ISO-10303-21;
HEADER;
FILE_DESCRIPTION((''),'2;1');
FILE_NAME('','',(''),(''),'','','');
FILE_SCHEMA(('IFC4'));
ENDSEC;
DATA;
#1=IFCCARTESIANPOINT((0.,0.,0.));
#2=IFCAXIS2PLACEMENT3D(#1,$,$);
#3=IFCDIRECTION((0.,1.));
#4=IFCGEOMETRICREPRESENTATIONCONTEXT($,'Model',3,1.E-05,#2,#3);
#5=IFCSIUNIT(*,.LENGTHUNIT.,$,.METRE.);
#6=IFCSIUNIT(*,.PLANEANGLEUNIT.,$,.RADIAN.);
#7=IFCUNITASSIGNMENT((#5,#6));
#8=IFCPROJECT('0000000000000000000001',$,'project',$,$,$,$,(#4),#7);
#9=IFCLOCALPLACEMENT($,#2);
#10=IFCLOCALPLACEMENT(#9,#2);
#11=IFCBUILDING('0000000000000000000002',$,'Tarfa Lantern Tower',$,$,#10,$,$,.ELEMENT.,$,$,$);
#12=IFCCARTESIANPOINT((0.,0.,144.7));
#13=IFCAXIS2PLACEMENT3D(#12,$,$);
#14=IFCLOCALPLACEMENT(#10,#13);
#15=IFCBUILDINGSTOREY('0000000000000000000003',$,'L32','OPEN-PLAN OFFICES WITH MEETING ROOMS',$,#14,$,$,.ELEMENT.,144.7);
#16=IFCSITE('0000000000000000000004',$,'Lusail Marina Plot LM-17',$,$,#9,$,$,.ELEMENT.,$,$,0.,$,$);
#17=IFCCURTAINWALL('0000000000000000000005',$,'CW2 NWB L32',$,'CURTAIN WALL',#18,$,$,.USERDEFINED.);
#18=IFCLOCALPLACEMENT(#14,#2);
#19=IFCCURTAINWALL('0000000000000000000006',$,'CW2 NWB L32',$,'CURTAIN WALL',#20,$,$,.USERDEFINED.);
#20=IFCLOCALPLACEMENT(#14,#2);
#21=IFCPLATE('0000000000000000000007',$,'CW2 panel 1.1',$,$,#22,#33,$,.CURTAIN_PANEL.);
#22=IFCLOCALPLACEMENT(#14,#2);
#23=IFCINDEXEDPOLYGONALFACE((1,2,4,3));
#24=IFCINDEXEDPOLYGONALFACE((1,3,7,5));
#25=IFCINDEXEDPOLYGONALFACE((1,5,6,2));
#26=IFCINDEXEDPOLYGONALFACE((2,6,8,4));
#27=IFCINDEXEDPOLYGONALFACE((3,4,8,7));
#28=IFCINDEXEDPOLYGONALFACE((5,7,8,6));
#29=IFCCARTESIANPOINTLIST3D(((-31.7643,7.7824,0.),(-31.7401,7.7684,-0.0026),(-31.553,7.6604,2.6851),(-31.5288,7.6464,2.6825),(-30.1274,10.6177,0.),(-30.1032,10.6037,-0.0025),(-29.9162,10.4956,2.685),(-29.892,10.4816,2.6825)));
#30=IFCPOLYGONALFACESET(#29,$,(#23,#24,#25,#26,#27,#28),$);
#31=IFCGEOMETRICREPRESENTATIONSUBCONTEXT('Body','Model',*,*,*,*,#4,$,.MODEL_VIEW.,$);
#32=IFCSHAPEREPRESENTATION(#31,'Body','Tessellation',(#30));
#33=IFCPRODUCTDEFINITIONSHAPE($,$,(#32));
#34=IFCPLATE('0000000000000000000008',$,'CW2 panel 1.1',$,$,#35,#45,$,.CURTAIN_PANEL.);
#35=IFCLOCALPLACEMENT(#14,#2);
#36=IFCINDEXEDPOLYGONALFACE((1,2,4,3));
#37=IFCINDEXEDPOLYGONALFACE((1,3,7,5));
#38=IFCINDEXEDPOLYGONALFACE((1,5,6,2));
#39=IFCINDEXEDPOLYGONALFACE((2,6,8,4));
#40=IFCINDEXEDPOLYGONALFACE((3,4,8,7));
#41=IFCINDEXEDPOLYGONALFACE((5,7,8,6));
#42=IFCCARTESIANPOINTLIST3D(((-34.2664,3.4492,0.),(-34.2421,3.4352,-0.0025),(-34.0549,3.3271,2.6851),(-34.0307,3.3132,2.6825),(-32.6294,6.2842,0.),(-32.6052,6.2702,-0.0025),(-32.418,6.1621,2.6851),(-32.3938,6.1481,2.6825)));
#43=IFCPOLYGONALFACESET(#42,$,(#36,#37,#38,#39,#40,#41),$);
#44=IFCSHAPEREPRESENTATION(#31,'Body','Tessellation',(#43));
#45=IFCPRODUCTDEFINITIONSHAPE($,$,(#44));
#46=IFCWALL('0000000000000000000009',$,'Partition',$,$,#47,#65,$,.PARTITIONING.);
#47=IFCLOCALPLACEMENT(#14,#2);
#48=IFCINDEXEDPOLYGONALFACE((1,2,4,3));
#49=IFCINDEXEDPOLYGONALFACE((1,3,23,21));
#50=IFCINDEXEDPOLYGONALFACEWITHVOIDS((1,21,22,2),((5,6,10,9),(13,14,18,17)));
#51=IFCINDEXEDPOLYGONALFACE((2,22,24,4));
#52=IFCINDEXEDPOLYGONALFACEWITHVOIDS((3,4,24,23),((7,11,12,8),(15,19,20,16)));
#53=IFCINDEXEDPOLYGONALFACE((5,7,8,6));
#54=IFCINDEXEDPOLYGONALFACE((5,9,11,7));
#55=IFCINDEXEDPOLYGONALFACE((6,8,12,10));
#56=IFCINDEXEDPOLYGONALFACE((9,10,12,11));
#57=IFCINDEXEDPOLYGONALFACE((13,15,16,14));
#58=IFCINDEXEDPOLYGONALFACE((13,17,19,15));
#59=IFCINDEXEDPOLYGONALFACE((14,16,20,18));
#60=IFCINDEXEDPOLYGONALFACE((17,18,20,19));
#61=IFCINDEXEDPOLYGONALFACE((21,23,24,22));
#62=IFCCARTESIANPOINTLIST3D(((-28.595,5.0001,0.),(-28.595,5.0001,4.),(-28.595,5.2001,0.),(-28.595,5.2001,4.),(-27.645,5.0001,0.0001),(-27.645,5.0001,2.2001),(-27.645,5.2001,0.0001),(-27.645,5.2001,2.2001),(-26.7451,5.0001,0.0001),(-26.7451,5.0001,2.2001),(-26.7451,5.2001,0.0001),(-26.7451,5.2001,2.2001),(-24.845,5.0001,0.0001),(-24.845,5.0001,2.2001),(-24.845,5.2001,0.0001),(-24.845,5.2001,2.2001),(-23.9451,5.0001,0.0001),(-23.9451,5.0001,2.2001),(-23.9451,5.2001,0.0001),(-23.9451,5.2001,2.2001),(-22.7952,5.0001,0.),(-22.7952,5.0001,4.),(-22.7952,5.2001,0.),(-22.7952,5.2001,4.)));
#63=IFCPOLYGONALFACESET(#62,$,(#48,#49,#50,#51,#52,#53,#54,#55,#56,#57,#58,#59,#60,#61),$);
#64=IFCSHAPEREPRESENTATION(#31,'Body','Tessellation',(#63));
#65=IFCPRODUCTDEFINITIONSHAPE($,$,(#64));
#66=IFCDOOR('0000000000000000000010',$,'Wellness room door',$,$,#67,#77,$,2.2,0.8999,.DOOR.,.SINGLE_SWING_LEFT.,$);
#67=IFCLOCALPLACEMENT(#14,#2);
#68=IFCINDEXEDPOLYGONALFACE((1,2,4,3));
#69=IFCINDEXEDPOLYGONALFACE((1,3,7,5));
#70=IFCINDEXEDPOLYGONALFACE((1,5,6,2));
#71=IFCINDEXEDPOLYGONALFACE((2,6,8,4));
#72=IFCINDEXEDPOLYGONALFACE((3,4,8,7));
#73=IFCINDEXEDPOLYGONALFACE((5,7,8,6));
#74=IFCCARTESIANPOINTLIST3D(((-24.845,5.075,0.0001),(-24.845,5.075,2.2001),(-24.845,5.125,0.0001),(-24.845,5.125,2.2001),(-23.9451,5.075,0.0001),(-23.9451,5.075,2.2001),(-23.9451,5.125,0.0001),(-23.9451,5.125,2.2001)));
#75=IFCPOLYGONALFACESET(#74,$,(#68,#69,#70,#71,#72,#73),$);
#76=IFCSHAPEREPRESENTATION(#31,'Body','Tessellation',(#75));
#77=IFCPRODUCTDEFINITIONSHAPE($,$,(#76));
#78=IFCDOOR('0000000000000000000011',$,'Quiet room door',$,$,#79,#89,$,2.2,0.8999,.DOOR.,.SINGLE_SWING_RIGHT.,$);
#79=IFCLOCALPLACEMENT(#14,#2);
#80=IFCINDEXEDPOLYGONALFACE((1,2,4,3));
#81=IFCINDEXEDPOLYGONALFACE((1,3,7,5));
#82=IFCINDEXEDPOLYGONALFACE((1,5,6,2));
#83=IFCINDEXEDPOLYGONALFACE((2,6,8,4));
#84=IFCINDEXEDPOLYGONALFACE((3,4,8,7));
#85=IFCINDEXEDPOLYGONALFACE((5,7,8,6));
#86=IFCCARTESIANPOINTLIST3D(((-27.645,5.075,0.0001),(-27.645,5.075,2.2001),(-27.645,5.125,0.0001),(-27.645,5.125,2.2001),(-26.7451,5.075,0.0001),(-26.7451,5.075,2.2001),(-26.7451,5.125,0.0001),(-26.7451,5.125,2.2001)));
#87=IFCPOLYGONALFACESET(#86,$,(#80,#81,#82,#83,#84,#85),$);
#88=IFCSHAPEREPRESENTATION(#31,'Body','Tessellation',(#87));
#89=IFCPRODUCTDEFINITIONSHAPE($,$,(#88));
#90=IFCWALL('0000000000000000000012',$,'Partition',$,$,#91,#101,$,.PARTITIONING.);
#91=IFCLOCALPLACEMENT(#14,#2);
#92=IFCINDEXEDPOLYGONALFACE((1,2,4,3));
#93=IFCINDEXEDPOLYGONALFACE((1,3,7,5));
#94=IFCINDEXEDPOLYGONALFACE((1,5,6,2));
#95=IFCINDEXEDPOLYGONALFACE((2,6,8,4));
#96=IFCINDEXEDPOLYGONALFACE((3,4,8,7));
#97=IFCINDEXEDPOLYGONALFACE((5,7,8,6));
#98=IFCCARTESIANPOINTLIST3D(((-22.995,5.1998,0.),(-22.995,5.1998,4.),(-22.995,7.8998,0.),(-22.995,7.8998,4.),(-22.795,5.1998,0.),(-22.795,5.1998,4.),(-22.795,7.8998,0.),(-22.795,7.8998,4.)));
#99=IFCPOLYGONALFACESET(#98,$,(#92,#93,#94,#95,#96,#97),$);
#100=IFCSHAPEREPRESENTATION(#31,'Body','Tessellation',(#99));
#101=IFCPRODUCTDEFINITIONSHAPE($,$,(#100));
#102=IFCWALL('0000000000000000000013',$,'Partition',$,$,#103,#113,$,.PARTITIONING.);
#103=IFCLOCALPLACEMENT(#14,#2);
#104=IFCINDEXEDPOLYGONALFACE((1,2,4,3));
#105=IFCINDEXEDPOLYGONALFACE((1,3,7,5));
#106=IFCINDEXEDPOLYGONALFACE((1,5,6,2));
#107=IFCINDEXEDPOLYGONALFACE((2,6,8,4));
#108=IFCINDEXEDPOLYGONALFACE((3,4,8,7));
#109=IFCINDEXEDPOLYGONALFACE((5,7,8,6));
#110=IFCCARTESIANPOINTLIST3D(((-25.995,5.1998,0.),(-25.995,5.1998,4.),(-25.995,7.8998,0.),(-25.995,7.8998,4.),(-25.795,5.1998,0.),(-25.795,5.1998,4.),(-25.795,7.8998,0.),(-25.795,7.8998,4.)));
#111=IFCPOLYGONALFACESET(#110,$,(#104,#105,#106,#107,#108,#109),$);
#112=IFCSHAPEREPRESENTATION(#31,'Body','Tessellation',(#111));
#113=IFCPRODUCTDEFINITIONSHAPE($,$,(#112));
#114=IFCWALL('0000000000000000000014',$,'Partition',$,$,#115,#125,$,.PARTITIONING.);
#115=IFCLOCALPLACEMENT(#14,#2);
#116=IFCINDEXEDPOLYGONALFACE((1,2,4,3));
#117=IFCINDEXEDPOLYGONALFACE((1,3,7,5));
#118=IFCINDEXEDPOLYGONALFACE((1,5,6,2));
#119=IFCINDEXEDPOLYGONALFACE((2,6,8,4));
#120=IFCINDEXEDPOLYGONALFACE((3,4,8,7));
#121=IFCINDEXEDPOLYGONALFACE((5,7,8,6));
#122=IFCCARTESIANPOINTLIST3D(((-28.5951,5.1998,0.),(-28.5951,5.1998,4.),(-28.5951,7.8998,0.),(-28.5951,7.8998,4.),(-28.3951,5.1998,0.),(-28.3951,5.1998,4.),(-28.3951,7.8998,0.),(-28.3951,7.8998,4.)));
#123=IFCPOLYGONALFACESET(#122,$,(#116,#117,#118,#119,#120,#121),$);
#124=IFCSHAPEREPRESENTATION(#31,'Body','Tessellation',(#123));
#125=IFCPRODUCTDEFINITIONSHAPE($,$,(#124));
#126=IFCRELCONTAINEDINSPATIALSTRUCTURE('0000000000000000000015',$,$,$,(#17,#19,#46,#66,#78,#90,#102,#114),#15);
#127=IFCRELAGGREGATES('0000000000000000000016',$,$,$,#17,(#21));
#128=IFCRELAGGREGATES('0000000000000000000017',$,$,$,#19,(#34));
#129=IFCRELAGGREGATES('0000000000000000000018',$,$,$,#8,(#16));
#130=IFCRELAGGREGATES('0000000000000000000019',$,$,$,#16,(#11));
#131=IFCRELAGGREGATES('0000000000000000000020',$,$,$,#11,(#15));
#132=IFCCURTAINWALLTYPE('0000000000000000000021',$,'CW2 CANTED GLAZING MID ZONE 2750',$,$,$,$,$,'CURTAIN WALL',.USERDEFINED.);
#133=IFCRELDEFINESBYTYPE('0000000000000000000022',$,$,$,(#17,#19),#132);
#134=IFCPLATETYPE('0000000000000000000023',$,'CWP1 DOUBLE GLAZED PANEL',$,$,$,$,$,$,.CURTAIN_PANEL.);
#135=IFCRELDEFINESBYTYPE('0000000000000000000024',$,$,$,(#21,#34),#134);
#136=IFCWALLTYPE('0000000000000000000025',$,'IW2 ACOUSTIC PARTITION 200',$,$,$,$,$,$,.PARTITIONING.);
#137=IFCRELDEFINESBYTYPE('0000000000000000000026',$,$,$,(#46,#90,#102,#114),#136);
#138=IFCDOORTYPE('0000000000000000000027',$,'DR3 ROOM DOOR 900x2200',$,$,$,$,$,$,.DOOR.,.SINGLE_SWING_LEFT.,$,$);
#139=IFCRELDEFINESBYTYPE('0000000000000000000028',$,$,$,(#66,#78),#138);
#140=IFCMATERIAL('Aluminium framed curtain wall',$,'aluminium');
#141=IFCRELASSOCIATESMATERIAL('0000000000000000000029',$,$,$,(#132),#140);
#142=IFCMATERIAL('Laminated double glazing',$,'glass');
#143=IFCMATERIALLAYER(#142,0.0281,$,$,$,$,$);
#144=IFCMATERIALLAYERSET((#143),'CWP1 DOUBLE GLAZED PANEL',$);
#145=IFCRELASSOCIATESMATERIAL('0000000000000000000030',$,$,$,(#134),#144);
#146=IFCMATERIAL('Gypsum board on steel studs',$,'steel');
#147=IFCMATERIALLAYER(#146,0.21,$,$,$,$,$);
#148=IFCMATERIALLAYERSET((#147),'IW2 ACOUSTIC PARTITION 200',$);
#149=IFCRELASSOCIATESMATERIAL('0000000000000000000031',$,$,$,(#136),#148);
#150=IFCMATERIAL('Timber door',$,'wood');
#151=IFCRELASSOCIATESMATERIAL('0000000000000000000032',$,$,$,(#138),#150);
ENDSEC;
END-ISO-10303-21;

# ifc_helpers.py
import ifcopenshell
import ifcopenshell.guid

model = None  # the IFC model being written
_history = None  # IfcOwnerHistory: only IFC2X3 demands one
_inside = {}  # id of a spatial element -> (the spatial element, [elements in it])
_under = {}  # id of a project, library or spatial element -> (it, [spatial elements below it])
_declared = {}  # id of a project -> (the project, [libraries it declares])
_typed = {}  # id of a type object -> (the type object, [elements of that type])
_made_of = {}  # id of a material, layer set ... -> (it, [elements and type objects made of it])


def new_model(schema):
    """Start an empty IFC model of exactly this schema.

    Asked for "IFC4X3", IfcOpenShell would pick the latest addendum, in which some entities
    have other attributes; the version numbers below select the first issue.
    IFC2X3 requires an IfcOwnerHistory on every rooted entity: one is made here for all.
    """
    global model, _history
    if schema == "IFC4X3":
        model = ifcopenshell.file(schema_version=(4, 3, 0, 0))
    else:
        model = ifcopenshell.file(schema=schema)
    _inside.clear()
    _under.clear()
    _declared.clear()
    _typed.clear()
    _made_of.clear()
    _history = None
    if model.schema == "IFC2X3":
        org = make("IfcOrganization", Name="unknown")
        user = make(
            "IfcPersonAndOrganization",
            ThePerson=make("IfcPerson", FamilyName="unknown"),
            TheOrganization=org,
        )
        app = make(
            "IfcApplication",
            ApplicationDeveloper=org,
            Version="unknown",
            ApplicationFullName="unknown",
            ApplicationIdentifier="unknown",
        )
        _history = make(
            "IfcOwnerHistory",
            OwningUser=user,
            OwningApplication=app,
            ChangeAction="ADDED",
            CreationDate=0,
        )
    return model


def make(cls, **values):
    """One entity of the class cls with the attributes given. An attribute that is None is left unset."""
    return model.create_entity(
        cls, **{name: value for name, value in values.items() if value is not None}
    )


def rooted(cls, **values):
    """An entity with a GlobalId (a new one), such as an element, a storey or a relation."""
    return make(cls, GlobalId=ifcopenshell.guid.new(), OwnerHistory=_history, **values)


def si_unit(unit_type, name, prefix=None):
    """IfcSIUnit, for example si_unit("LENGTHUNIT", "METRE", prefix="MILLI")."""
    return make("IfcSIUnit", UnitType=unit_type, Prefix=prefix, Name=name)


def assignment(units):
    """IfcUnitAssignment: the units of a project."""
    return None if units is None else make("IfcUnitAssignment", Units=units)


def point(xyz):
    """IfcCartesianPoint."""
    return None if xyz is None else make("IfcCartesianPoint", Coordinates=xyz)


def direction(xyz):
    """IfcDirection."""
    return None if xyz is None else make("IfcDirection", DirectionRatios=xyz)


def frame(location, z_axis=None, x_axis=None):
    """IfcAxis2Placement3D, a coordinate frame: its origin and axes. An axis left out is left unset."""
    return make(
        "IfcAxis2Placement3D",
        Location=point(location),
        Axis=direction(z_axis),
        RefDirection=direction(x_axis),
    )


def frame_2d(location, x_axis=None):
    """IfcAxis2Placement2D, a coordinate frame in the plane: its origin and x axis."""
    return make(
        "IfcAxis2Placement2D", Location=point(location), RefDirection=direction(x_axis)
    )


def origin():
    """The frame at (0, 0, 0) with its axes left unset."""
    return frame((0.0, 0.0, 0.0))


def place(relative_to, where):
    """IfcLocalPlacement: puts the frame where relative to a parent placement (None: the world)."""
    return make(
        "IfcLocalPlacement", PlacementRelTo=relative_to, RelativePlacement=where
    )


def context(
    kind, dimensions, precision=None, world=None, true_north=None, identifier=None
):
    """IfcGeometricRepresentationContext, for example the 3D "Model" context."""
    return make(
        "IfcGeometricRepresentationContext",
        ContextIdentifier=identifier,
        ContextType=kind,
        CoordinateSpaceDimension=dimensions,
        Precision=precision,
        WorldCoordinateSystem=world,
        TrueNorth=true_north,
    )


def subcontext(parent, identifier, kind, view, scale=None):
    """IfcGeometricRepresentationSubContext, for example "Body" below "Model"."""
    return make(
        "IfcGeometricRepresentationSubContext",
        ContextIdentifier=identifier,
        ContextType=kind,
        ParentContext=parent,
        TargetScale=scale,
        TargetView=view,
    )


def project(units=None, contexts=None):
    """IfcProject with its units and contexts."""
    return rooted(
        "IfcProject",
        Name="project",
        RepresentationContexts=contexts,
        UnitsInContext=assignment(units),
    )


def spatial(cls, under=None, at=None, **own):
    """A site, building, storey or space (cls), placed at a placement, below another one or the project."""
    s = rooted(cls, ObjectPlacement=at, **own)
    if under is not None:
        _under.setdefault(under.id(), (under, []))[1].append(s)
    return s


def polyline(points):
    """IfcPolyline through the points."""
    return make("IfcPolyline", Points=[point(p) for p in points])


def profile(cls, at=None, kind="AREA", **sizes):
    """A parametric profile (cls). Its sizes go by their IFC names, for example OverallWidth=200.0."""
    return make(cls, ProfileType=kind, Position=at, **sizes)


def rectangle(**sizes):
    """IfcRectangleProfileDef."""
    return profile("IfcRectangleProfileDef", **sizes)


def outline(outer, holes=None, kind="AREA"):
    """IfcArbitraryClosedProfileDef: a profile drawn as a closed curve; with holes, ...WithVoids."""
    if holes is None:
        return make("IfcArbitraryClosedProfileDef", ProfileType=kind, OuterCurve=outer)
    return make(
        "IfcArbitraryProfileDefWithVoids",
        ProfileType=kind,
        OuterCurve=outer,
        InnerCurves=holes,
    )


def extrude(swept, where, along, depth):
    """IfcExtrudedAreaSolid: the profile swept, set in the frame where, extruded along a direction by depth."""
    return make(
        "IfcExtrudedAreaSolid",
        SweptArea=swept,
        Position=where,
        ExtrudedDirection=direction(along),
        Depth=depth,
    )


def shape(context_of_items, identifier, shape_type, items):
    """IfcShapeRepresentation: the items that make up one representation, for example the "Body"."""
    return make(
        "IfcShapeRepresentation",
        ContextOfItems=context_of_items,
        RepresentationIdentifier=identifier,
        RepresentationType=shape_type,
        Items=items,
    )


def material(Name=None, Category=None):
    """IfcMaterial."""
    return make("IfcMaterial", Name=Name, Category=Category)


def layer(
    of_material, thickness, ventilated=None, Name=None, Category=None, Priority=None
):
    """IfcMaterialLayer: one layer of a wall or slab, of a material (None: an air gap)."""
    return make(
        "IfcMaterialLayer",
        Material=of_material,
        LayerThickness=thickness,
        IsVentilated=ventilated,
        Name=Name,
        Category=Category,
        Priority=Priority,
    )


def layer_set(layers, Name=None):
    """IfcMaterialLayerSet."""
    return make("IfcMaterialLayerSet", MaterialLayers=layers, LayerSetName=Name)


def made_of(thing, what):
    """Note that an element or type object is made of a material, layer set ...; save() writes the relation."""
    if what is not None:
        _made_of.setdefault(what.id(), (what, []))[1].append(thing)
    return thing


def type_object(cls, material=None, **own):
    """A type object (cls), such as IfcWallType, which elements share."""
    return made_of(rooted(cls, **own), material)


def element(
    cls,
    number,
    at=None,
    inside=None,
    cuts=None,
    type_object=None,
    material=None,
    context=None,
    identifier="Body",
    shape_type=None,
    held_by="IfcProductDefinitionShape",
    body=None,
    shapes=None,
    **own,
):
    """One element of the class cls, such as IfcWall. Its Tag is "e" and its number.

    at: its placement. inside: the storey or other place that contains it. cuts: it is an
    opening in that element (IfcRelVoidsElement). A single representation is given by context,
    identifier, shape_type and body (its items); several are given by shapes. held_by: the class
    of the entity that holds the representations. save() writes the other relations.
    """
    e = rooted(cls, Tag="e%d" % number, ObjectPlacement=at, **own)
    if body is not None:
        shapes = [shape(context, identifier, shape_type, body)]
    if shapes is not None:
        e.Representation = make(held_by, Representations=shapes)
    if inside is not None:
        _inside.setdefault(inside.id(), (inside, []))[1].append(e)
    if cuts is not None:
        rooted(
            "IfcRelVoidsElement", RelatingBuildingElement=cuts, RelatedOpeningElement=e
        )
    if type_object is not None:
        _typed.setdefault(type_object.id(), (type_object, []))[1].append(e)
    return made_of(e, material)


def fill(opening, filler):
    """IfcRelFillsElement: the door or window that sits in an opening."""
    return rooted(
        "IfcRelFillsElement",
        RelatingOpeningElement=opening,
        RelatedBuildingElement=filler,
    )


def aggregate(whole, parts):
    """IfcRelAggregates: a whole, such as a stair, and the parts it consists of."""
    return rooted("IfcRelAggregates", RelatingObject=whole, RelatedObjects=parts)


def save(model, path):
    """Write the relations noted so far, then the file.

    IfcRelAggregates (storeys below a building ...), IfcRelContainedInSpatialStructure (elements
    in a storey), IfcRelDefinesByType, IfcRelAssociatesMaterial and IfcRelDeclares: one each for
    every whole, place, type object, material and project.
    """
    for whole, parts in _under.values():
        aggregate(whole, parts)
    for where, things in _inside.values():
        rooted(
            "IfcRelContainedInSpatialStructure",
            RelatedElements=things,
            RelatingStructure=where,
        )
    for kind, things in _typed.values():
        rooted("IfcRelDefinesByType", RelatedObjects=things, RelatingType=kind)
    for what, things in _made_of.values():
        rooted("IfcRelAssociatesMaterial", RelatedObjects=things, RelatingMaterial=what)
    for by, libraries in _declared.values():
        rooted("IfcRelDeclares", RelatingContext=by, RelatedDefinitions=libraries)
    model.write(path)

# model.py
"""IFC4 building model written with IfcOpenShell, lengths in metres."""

from ifc_helpers import new_model, si_unit, direction, frame, frame_2d, origin, place, context, subcontext, project, spatial, polyline, rectangle, outline, extrude, material, layer, layer_set, type_object, element, fill, aggregate, save


model = new_model("IFC4")

# Units and contexts
model_context = context("Model", 3, precision=1e-05, world=origin(), true_north=direction((0.0, 1.0)))
body_context = subcontext(model_context, "Body", "Model", "MODEL_VIEW")
ifc_project = project(units=[si_unit("LENGTHUNIT", "METRE"), si_unit("PLANEANGLEUNIT", "RADIAN")], contexts=[model_context])

# Site, building, storey
site_placement = place(None, origin())
site = spatial("IfcSite", under=ifc_project, at=site_placement, Name="Lusail Marina Plot LM-17", CompositionType="ELEMENT", RefElevation=0.0)
building_placement = place(site_placement, origin())
building = spatial("IfcBuilding", under=site, at=building_placement, Name="Tarfa Lantern Tower", CompositionType="ELEMENT")
storey_placement = place(building_placement, frame((0.0, 0.0, 144.7)))
storey = spatial("IfcBuildingStorey", under=building, at=storey_placement, Name="L32", Description="OPEN-PLAN OFFICES WITH MEETING ROOMS", CompositionType="ELEMENT", Elevation=144.7)

# Curtain walls
ifc_material_1 = material(Name="Aluminium framed curtain wall", Category="aluminium")
curtain_wall_type_1 = type_object("IfcCurtainWallType", Name="CW2 CANTED GLAZING MID ZONE 2750", ElementType="CURTAIN WALL", PredefinedType="USERDEFINED", material=ifc_material_1)
curtain_wall_1_placement = place(storey_placement, origin())
curtain_wall_1 = element("IfcCurtainWall", 1, at=curtain_wall_1_placement, inside=storey, type_object=curtain_wall_type_1, Name="CW2 NWB L32", ObjectType="CURTAIN WALL", PredefinedType="USERDEFINED")
curtain_wall_2_placement = place(storey_placement, origin())
curtain_wall_2 = element("IfcCurtainWall", 2, at=curtain_wall_2_placement, inside=storey, type_object=curtain_wall_type_1, Name="CW2 NWB L32", ObjectType="CURTAIN WALL", PredefinedType="USERDEFINED")

# Plates
ifc_material_2 = material(Name="Laminated double glazing", Category="glass")
ifc_layer_1 = layer(ifc_material_2, 0.0281)
ifc_layer_set_1 = layer_set([ifc_layer_1], Name="CWP1 DOUBLE GLAZED PANEL")
plate_type = type_object("IfcPlateType", Name="CWP1 DOUBLE GLAZED PANEL", PredefinedType="CURTAIN_PANEL", material=ifc_layer_set_1)
plate_1_placement = place(storey_placement, frame((-30.1274, 10.6177, 0.0), z_axis=(-0.862479, 0.497933, 0.090511), x_axis=(-0.499985, -0.866034, -0.000003)))
plate_1 = element("IfcPlate", 3, at=plate_1_placement, type_object=plate_type, Name="CW2 panel 1.1", PredefinedType="CURTAIN_PANEL", context=body_context, shape_type="SweptSolid", body=[
    extrude(outline(polyline([(0.0, 0.0), (3.2738, 0.0), (3.2738, 2.6961), (0.0001, 2.6961), (0.0, 0.0)])), origin(), (0.0, 0.0, -1.0), 0.0281),
])
aggregate(curtain_wall_1, [plate_1])
plate_2_placement = place(storey_placement, frame((-32.6294, 6.2842, 0.0), z_axis=(-0.862442, 0.497991, 0.09055), x_axis=(-0.500045, -0.865999, 0.0)))
plate_2 = element("IfcPlate", 4, at=plate_2_placement, type_object=plate_type, Name="CW2 panel 1.1", PredefinedType="CURTAIN_PANEL", context=body_context, shape_type="SweptSolid", body=[
    extrude(outline(polyline([(0.0, 0.0), (3.2736, 0.0), (3.2736, 2.6961), (0.0, 2.6961), (0.0, 0.0)])), origin(), (0.0, 0.0, -1.0), 0.0281),
])
aggregate(curtain_wall_2, [plate_2])

# Wall, openings, doors
ifc_material_3 = material(Name="Gypsum board on steel studs", Category="steel")
ifc_layer_2 = layer(ifc_material_3, 0.21)
ifc_layer_set_2 = layer_set([ifc_layer_2], Name="IW2 ACOUSTIC PARTITION 200")
wall_type = type_object("IfcWallType", Name="IW2 ACOUSTIC PARTITION 200", PredefinedType="PARTITIONING", material=ifc_layer_set_2)
wall_placement = place(storey_placement, frame((-22.7952, 5.1001, 0.0), z_axis=(0.0, 0.0, 1.0), x_axis=(-1.0, 0.0, 0.0)))
wall = element("IfcWall", 5, at=wall_placement, inside=storey, type_object=wall_type, Name="Partition", PredefinedType="PARTITIONING", context=body_context, shape_type="SweptSolid", body=[
    extrude(rectangle(XDim=5.7998, YDim=0.2, at=frame_2d((2.8999, 0.0))), origin(), (0.0, 0.0, 1.0), 4.0),
])
opening_1_placement = place(wall_placement, frame((1.1499, 0.0, 0.0)))
opening_1 = element("IfcOpeningElement", 6, at=opening_1_placement, cuts=wall, PredefinedType="OPENING", context=body_context, shape_type="SweptSolid", body=[
    extrude(rectangle(XDim=0.8999, YDim=2.2, at=frame_2d((0.45, 1.1001))), frame((0.0, 0.1099, 0.0), z_axis=(0.0, -1.0, 0.0), x_axis=(1.0, 0.0, 0.0)), (0.0, 0.0, 1.0), 0.22),
])
opening_2_placement = place(wall_placement, frame((3.95, 0.0, 0.0)))
opening_2 = element("IfcOpeningElement", 7, at=opening_2_placement, cuts=wall, PredefinedType="OPENING", context=body_context, shape_type="SweptSolid", body=[
    extrude(rectangle(XDim=0.8999, YDim=2.2, at=frame_2d((0.45, 1.1001))), frame((0.0, 0.1099, 0.0), z_axis=(0.0, -1.0, 0.0), x_axis=(1.0, 0.0, 0.0)), (0.0, 0.0, 1.0), 0.22),
])
ifc_material_4 = material(Name="Timber door", Category="wood")
door_type = type_object("IfcDoorType", Name="DR3 ROOM DOOR 900x2200", OperationType="SINGLE_SWING_LEFT", PredefinedType="DOOR", material=ifc_material_4)
door_1_placement = place(opening_1_placement, frame((0.8999, 0.0, 0.0), z_axis=(0.0, 0.0, 1.0), x_axis=(-1.0, 0.0, 0.0)))
door_1 = element("IfcDoor", 8, at=door_1_placement, inside=storey, type_object=door_type, Name="Wellness room door", OperationType="SINGLE_SWING_LEFT", OverallHeight=2.2, OverallWidth=0.8999, PredefinedType="DOOR", context=body_context, shape_type="SweptSolid", body=[
    extrude(rectangle(XDim=0.8999, YDim=2.2, at=frame_2d((0.45, 1.1001))), frame((0.0, 0.0249, 0.0), z_axis=(0.0, -1.0, 0.0), x_axis=(1.0, 0.0, 0.0)), (0.0, 0.0, 1.0), 0.05),
])
fill(opening_1, door_1)
door_2_placement = place(opening_2_placement, frame((0.8999, 0.0, 0.0), z_axis=(0.0, 0.0, 1.0), x_axis=(-1.0, 0.0, 0.0)))
door_2 = element("IfcDoor", 9, at=door_2_placement, inside=storey, type_object=door_type, Name="Quiet room door", OperationType="SINGLE_SWING_RIGHT", OverallHeight=2.2, OverallWidth=0.8999, PredefinedType="DOOR", context=body_context, shape_type="SweptSolid", body=[
    extrude(rectangle(XDim=0.8999, YDim=2.2, at=frame_2d((0.45, 1.1001))), frame((0.0, 0.0249, 0.0), z_axis=(0.0, -1.0, 0.0), x_axis=(1.0, 0.0, 0.0)), (0.0, 0.0, 1.0), 0.05),
])
fill(opening_2, door_2)

# Walls
for number, where, z_axis, x_axis, name in (
    (10, (-22.895, 7.8999, 0.0), (0.0, 0.0, 1.0), (0.0, -1.0, 0.0), "Partition"),
    (11, (-25.895, 7.8999, 0.0), (0.0, 0.0, 1.0), (0.0, -1.0, 0.0), "Partition"),
    (12, (-28.4951, 7.8999, 0.0), (0.0, 0.0, 1.0), (0.0, -1.0, 0.0), "Partition"),
):
    element("IfcWall", number, at=place(storey_placement, frame(where, z_axis=z_axis, x_axis=x_axis)), inside=storey, type_object=wall_type, Name=name, PredefinedType="PARTITIONING", context=body_context, shape_type="SweptSolid", body=[
        extrude(rectangle(XDim=2.7, YDim=0.2, at=frame_2d((1.3501, 0.0))), origin(), (0.0, 0.0, 1.0), 4.0),
    ])

save(model, "model.ifc")
